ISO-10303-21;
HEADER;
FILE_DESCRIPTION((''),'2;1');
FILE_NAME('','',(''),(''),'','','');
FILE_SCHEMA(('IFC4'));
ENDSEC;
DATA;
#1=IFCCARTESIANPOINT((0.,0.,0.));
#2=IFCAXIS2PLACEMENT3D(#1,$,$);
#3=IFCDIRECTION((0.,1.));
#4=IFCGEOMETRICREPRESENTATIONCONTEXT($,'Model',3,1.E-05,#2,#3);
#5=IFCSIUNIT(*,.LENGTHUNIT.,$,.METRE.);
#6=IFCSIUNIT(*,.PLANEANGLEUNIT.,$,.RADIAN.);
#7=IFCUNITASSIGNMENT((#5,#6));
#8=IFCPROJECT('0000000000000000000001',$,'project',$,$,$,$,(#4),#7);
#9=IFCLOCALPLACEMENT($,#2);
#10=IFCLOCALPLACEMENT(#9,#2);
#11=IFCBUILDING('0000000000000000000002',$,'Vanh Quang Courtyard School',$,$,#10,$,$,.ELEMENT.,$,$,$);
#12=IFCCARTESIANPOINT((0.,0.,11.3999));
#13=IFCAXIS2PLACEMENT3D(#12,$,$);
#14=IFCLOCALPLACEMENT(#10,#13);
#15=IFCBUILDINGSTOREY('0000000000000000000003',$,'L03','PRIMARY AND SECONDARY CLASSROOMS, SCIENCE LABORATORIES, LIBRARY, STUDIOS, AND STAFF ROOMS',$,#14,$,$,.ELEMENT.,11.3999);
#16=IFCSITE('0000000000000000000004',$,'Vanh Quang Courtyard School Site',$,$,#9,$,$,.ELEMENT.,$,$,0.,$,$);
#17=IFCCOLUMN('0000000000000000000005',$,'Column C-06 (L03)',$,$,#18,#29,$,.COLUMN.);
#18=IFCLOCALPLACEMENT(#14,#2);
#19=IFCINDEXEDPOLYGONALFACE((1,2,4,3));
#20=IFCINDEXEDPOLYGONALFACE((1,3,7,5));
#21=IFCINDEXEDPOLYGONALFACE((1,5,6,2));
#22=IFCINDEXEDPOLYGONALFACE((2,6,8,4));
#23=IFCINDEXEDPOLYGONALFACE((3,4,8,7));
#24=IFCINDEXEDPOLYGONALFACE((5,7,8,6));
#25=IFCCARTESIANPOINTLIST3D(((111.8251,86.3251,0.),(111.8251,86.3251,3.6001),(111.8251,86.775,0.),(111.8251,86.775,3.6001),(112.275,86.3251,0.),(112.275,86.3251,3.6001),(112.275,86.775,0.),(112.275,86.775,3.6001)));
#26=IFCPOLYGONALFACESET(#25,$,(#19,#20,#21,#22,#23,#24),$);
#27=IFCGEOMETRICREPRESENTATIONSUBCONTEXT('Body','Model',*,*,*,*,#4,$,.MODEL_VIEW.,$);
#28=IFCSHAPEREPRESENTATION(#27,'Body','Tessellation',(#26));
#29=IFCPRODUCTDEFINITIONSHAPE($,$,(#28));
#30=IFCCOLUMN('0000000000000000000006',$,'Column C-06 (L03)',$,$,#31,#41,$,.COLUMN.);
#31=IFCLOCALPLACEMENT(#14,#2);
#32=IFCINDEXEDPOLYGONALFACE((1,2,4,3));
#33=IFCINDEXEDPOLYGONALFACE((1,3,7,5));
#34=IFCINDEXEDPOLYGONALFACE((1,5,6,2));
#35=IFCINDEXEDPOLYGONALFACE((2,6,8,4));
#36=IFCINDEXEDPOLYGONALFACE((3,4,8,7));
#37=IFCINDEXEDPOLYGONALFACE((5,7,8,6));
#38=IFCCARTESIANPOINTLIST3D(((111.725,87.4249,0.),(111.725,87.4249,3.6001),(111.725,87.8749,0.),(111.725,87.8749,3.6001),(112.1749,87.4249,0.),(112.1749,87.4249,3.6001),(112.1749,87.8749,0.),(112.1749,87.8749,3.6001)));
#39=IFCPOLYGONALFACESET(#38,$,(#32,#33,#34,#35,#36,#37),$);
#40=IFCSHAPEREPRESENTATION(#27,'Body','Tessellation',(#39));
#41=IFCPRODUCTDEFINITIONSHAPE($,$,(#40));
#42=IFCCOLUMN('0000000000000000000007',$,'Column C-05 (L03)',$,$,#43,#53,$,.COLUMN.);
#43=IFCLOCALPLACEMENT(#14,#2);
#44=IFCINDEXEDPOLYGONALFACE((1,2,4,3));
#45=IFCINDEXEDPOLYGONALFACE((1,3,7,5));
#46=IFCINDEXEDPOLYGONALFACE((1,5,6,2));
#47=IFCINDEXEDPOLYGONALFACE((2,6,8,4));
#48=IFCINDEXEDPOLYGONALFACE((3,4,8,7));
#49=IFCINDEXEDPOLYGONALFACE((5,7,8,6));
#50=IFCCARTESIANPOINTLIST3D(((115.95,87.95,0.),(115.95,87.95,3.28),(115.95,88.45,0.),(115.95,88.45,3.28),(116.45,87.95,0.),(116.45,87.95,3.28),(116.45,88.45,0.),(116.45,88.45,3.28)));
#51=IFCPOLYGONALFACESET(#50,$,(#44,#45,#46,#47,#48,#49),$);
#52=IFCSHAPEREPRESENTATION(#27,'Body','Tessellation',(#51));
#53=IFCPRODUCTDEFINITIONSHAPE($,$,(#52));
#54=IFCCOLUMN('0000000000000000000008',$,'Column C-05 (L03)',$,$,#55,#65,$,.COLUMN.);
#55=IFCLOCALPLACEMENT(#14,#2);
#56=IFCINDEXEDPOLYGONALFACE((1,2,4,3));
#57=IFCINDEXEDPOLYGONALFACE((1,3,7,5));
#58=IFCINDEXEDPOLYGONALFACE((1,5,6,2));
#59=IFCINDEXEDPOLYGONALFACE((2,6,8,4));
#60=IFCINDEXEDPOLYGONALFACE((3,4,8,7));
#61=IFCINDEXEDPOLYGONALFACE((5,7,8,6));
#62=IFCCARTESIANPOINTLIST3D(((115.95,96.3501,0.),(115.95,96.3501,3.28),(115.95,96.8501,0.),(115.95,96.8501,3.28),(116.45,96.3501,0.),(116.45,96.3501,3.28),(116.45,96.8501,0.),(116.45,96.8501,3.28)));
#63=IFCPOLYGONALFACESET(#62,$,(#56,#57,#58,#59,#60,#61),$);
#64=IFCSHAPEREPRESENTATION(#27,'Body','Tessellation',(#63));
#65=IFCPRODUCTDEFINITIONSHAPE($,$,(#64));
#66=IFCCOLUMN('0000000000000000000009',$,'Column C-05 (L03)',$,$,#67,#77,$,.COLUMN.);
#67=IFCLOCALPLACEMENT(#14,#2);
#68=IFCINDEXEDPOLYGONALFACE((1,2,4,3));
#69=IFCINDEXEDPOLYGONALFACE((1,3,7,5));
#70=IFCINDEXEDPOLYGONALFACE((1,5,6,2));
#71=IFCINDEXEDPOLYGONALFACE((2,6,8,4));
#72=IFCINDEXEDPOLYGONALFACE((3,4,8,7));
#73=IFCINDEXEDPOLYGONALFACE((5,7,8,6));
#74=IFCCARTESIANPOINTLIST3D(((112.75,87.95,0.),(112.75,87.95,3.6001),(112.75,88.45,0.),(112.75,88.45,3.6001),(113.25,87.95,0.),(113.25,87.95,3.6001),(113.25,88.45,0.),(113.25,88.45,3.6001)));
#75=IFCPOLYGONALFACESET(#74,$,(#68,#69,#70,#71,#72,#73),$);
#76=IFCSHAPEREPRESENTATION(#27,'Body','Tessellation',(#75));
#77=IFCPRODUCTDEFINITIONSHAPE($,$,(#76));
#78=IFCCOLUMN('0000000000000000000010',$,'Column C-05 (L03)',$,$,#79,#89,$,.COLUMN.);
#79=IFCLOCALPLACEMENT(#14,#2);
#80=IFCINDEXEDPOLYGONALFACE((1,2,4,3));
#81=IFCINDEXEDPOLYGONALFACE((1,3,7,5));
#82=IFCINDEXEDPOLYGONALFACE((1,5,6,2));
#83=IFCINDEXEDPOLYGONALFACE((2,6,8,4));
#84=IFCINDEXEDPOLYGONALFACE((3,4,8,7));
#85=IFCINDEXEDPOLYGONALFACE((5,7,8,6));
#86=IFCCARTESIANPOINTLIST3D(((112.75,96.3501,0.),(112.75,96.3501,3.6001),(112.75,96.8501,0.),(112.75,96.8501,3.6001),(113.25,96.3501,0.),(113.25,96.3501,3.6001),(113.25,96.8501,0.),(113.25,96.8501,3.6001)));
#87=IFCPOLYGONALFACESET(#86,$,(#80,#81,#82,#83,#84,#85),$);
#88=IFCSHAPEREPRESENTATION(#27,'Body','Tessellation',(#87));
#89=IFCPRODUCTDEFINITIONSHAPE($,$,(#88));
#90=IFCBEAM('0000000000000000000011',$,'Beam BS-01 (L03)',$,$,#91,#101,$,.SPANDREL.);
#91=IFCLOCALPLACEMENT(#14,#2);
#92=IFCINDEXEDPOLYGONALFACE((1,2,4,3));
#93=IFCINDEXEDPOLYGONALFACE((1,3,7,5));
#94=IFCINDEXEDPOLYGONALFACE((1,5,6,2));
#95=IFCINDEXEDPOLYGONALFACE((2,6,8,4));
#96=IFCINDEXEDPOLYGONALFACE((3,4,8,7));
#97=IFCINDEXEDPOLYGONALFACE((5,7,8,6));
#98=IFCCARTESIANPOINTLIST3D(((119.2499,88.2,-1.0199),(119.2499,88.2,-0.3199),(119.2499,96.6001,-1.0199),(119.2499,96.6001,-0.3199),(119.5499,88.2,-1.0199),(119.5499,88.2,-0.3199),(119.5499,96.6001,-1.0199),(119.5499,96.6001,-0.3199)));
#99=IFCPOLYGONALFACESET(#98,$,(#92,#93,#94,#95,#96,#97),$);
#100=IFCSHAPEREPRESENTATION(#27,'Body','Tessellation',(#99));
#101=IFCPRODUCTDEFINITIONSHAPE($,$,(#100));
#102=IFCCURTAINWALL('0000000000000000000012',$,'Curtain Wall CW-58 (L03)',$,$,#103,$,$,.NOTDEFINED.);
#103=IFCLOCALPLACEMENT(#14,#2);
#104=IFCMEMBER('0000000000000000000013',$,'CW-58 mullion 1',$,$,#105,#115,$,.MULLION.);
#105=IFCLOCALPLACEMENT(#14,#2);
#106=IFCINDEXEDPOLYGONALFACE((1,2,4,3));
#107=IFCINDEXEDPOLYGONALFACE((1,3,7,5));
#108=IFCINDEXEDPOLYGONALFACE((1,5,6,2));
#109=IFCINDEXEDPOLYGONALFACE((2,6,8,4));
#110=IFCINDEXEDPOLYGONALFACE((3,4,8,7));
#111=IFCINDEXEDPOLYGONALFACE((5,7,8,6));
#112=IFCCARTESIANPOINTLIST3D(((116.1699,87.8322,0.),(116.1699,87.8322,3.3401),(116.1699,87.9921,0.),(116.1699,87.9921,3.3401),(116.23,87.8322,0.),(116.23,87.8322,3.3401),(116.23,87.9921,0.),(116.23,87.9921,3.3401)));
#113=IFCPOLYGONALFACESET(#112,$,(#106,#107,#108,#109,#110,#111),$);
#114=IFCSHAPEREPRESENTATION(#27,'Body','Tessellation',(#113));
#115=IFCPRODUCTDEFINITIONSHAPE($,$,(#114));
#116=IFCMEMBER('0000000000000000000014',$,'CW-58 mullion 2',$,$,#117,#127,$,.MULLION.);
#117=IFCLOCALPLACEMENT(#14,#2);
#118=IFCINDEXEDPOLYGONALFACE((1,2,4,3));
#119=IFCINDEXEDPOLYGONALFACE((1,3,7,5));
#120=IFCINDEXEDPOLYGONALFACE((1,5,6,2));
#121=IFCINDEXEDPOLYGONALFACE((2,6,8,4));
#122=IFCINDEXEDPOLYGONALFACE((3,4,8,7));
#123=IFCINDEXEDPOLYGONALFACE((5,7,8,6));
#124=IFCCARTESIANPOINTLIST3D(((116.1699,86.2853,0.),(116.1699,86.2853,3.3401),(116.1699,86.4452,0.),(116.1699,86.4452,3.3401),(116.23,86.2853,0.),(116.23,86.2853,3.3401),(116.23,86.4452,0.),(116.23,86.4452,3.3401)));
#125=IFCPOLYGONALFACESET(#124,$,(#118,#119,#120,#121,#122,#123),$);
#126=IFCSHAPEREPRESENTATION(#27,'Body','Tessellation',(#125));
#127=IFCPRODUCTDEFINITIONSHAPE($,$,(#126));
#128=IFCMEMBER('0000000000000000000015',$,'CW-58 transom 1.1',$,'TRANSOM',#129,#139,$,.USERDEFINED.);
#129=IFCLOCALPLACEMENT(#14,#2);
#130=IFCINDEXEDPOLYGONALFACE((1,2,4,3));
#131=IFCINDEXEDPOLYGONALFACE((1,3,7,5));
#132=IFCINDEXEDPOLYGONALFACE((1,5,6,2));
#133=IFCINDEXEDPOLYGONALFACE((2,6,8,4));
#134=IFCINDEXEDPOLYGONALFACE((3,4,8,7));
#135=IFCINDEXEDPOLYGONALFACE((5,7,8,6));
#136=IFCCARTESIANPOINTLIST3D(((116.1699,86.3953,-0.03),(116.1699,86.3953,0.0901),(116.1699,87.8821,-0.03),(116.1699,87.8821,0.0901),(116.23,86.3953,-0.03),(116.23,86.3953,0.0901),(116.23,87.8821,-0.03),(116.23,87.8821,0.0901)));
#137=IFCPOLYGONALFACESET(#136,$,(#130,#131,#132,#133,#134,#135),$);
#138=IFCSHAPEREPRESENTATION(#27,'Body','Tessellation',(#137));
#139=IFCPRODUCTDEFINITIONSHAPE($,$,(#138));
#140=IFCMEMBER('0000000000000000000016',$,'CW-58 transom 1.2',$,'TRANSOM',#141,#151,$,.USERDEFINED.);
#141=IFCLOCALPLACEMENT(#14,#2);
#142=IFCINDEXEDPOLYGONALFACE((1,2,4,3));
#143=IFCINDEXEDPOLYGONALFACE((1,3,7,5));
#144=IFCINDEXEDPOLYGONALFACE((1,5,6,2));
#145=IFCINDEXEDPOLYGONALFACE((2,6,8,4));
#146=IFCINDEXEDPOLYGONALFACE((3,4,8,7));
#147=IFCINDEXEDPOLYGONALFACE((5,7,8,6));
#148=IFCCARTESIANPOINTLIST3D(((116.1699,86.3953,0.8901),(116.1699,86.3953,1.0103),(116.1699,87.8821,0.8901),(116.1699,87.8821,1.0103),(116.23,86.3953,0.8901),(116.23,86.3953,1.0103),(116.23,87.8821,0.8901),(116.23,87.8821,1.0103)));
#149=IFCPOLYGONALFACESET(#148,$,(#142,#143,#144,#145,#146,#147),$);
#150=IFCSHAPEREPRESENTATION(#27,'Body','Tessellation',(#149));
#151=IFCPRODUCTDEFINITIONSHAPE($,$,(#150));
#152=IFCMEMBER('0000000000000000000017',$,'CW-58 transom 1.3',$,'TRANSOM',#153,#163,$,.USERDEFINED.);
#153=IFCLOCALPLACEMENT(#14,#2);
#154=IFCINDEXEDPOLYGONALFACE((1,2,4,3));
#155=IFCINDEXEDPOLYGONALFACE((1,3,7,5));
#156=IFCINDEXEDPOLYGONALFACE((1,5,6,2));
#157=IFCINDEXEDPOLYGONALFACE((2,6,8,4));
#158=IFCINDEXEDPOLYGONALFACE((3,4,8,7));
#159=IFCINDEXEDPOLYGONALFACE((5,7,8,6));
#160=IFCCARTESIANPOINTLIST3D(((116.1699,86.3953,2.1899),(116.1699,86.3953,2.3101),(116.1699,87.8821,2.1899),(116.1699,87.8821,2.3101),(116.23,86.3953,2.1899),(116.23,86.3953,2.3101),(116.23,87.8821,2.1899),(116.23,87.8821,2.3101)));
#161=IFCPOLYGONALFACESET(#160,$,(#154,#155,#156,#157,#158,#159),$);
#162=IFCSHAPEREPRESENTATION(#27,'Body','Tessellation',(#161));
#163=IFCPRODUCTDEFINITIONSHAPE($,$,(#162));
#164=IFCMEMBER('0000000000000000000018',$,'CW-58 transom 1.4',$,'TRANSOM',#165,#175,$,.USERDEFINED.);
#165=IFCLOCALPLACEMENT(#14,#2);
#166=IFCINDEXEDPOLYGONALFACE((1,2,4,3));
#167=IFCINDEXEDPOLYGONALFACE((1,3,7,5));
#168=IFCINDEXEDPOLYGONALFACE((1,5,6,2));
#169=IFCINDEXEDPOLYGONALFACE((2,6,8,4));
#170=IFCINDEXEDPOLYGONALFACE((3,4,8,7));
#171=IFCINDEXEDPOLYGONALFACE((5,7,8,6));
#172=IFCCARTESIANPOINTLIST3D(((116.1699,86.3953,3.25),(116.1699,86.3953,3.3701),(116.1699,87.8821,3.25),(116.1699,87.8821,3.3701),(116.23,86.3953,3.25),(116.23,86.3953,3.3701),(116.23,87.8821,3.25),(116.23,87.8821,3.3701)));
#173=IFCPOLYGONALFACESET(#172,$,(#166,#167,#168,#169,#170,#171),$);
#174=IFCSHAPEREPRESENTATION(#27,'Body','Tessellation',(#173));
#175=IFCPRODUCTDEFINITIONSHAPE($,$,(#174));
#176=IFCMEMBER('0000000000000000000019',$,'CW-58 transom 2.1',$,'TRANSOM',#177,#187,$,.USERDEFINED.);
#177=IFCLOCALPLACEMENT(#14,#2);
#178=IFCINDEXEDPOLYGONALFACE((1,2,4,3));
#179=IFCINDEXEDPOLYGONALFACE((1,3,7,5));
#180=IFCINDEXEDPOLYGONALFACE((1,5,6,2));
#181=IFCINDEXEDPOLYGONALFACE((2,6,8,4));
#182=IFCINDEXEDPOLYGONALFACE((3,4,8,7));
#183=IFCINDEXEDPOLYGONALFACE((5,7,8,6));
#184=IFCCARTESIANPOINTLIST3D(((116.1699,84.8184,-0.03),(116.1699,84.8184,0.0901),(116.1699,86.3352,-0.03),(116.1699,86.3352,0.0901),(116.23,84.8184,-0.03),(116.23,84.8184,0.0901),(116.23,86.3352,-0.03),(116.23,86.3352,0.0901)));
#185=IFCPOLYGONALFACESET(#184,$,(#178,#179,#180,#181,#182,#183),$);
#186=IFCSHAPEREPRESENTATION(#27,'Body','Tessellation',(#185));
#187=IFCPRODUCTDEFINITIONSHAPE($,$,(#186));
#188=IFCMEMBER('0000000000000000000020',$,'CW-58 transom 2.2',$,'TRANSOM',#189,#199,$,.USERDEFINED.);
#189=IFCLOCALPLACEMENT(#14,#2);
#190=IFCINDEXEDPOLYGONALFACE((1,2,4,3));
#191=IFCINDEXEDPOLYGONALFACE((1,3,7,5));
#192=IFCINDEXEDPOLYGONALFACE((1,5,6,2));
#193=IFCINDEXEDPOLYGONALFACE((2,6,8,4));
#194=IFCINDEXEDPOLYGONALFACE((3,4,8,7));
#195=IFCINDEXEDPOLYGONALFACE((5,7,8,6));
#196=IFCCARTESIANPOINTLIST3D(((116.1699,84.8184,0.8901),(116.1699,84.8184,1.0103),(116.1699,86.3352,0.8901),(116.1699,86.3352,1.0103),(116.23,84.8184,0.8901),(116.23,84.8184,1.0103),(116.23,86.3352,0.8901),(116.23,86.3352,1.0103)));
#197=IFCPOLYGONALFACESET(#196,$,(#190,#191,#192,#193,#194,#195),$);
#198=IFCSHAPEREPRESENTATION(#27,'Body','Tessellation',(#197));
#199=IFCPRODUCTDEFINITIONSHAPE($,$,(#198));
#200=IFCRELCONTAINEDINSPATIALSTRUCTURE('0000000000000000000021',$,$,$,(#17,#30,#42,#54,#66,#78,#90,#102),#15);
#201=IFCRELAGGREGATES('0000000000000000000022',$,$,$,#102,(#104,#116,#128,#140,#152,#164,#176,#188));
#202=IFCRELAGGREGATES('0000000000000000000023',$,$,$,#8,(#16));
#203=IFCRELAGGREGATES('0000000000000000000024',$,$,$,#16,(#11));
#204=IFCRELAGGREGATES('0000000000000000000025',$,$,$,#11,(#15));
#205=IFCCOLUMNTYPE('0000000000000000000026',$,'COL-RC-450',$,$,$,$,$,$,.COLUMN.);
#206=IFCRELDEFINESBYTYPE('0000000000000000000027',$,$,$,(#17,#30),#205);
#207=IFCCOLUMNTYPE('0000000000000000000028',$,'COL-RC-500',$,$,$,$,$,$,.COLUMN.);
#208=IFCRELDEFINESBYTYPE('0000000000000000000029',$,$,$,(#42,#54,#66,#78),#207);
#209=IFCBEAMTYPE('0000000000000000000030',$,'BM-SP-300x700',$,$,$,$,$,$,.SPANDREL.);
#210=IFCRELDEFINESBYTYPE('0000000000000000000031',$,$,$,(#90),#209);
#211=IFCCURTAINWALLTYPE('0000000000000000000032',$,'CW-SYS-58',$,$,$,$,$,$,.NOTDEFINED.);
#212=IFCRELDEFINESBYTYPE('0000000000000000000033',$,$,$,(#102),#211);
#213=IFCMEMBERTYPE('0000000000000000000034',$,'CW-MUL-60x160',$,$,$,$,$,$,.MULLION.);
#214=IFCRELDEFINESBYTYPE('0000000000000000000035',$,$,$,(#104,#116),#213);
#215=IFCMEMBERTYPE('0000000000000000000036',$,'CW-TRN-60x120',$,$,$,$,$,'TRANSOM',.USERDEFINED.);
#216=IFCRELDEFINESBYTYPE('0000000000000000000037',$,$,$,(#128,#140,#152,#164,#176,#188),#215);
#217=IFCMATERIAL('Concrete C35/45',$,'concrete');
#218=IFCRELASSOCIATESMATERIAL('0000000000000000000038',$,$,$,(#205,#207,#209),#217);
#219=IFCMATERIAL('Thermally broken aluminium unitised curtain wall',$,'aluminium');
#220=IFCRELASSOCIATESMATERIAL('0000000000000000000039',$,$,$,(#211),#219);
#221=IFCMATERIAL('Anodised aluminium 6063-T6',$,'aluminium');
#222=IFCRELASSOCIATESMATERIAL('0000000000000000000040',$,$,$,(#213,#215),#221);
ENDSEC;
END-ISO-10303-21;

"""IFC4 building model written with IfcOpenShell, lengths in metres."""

from ifc_helpers import new_model, si_unit, direction, frame, origin, origin_2d, place, context, subcontext, project, spatial, rectangle, extrude, material, material_profile, profile_set, type_object, element, aggregate, save


model = new_model("IFC4")

# Units and contexts
model_context = context("Model", 3, precision=1e-05, world=origin(), true_north=direction((0.0, 1.0)))
body_context = subcontext(model_context, "Body", "Model", "MODEL_VIEW")
ifc_project = project(units=[si_unit("LENGTHUNIT", "METRE"), si_unit("PLANEANGLEUNIT", "RADIAN")], contexts=[model_context])

# Site, building, storey
site_placement = place(None, origin())
site = spatial("IfcSite", under=ifc_project, at=site_placement, Name="Vanh Quang Courtyard School Site", CompositionType="ELEMENT", RefElevation=0.0)
building_placement = place(site_placement, origin())
building = spatial("IfcBuilding", under=site, at=building_placement, Name="Vanh Quang Courtyard School", CompositionType="ELEMENT")
storey_placement = place(building_placement, frame((0.0, 0.0, 11.3999)))
storey = spatial("IfcBuildingStorey", under=building, at=storey_placement, Name="L03", Description="PRIMARY AND SECONDARY CLASSROOMS, SCIENCE LABORATORIES, LIBRARY, STUDIOS, AND STAFF ROOMS", CompositionType="ELEMENT", Elevation=11.3999)

# Columns
ifc_material_1 = material(Name="Concrete C35/45", Category="concrete")
ifc_material_profile_1 = material_profile(ifc_material_1, rectangle(XDim=0.45, YDim=0.45, at=origin_2d()), Name="RC-COL 450x450")
ifc_profile_set_1 = profile_set([ifc_material_profile_1], Name="Concrete C35/45")
column_type_1 = type_object("IfcColumnType", Name="COL-RC-450", PredefinedType="COLUMN", material=ifc_profile_set_1)
for number, where, z_axis, x_axis, name in (
    (1, (112.05, 86.55, 0.0), (0.0, 0.0, 1.0), (1.0, 0.0, 0.0), "Column C-06 (L03)"),
    (2, (111.95, 87.6499, 0.0), (0.0, 0.0, 1.0), (1.0, 0.0, 0.0), "Column C-06 (L03)"),
):
    element("IfcColumn", number, at=place(storey_placement, frame(where, z_axis=z_axis, x_axis=x_axis)), inside=storey, type_object=column_type_1, Name=name, PredefinedType="COLUMN", context=body_context, shape_type="SweptSolid", body=[
        extrude(rectangle(XDim=0.45, YDim=0.45, at=origin_2d()), origin(), (0.0, 0.0, 1.0), 3.6001),
    ])
ifc_material_profile_2 = material_profile(ifc_material_1, rectangle(XDim=0.5, YDim=0.5, at=origin_2d()), Name="RC-COL 500x500")
ifc_profile_set_2 = profile_set([ifc_material_profile_2], Name="Concrete C35/45")
column_type_2 = type_object("IfcColumnType", Name="COL-RC-500", PredefinedType="COLUMN", material=ifc_profile_set_2)
for number, where, z_axis, x_axis, name in (
    (3, (116.2, 88.2, 0.0), (0.0, 0.0, 1.0), (1.0, 0.0, 0.0), "Column C-05 (L03)"),
    (4, (116.2, 96.6001, 0.0), (0.0, 0.0, 1.0), (1.0, 0.0, 0.0), "Column C-05 (L03)"),
):
    element("IfcColumn", number, at=place(storey_placement, frame(where, z_axis=z_axis, x_axis=x_axis)), inside=storey, type_object=column_type_2, Name=name, PredefinedType="COLUMN", context=body_context, shape_type="SweptSolid", body=[
        extrude(rectangle(XDim=0.5, YDim=0.5, at=origin_2d()), origin(), (0.0, 0.0, 1.0), 3.28),
    ])
for number, where, z_axis, x_axis, name in (
    (5, (113.0, 88.2, 0.0), (0.0, 0.0, 1.0), (1.0, 0.0, 0.0), "Column C-05 (L03)"),
    (6, (113.0, 96.6001, 0.0), (0.0, 0.0, 1.0), (1.0, 0.0, 0.0), "Column C-05 (L03)"),
):
    element("IfcColumn", number, at=place(storey_placement, frame(where, z_axis=z_axis, x_axis=x_axis)), inside=storey, type_object=column_type_2, Name=name, PredefinedType="COLUMN", context=body_context, shape_type="SweptSolid", body=[
        extrude(rectangle(XDim=0.5, YDim=0.5, at=origin_2d()), origin(), (0.0, 0.0, 1.0), 3.6001),
    ])

# Beam
ifc_material_profile_3 = material_profile(ifc_material_1, rectangle(XDim=0.3, YDim=0.7, at=origin_2d()), Name="RC-SP 300x700")
ifc_profile_set_3 = profile_set([ifc_material_profile_3], Name="Concrete C35/45")
beam_type = type_object("IfcBeamType", Name="BM-SP-300x700", PredefinedType="SPANDREL", material=ifc_profile_set_3)
beam_placement = place(storey_placement, frame((119.3999, 88.2, -0.6699), z_axis=(0.0, 1.0, 0.0), x_axis=(-1.0, 0.0, 0.0)))
element("IfcBeam", 7, at=beam_placement, inside=storey, type_object=beam_type, Name="Beam BS-01 (L03)", PredefinedType="SPANDREL", context=body_context, shape_type="SweptSolid", body=[
    extrude(rectangle(XDim=0.3, YDim=0.7, at=origin_2d()), origin(), (0.0, 0.0, 1.0), 8.4001),
])

# Curtain wall, members
ifc_material_2 = material(Name="Thermally broken aluminium unitised curtain wall", Category="aluminium")
curtain_wall_type = type_object("IfcCurtainWallType", Name="CW-SYS-58", PredefinedType="NOTDEFINED", material=ifc_material_2)
curtain_wall_placement = place(storey_placement, origin())
curtain_wall = element("IfcCurtainWall", 8, at=curtain_wall_placement, inside=storey, type_object=curtain_wall_type, Name="Curtain Wall CW-58 (L03)", PredefinedType="NOTDEFINED")
ifc_material_3 = material(Name="Anodised aluminium 6063-T6", Category="aluminium")
ifc_material_profile_4 = material_profile(ifc_material_3, rectangle(XDim=0.0601, YDim=0.1599, at=origin_2d()), Name="ALU-MUL 60x160")
ifc_profile_set_4 = profile_set([ifc_material_profile_4], Name="Anodised aluminium 6063-T6")
member_type_1 = type_object("IfcMemberType", Name="CW-MUL-60x160", PredefinedType="MULLION", material=ifc_profile_set_4)
member_1_placement = place(storey_placement, frame((116.2, 87.9121, 0.0), z_axis=(0.0, 0.0, 1.0), x_axis=(1.0, 0.0, 0.0)))
member_1 = element("IfcMember", 9, at=member_1_placement, type_object=member_type_1, Name="CW-58 mullion 1", PredefinedType="MULLION", context=body_context, shape_type="SweptSolid", body=[
    extrude(rectangle(XDim=0.0601, YDim=0.1599, at=origin_2d()), origin(), (0.0, 0.0, 1.0), 3.3401),
])
member_2_placement = place(storey_placement, frame((116.2, 86.3652, 0.0), z_axis=(0.0, 0.0, 1.0), x_axis=(1.0, 0.0, 0.0)))
member_2 = element("IfcMember", 10, at=member_2_placement, type_object=member_type_1, Name="CW-58 mullion 2", PredefinedType="MULLION", context=body_context, shape_type="SweptSolid", body=[
    extrude(rectangle(XDim=0.0601, YDim=0.1599, at=origin_2d()), origin(), (0.0, 0.0, 1.0), 3.3401),
])
ifc_material_profile_5 = material_profile(ifc_material_3, rectangle(XDim=0.0601, YDim=0.1201, at=origin_2d()), Name="ALU-TRN 60x120")
ifc_profile_set_5 = profile_set([ifc_material_profile_5], Name="Anodised aluminium 6063-T6")
member_type_2 = type_object("IfcMemberType", Name="CW-TRN-60x120", ElementType="TRANSOM", PredefinedType="USERDEFINED", material=ifc_profile_set_5)
member_3_placement = place(storey_placement, frame((116.2, 87.8821, 0.03), z_axis=(0.0, -1.0, 0.0), x_axis=(1.0, 0.0, 0.0)))
member_3 = element("IfcMember", 11, at=member_3_placement, type_object=member_type_2, Name="CW-58 transom 1.1", ObjectType="TRANSOM", PredefinedType="USERDEFINED", context=body_context, shape_type="SweptSolid", body=[
    extrude(rectangle(XDim=0.0601, YDim=0.1201, at=origin_2d()), origin(), (0.0, 0.0, 1.0), 1.4868),
])
member_4_placement = place(storey_placement, frame((116.2, 87.8821, 0.9502), z_axis=(0.0, -1.0, 0.0), x_axis=(1.0, 0.0, 0.0)))
member_4 = element("IfcMember", 12, at=member_4_placement, type_object=member_type_2, Name="CW-58 transom 1.2", ObjectType="TRANSOM", PredefinedType="USERDEFINED", context=body_context, shape_type="SweptSolid", body=[
    extrude(rectangle(XDim=0.0601, YDim=0.1201, at=origin_2d()), origin(), (0.0, 0.0, 1.0), 1.4868),
])
member_5_placement = place(storey_placement, frame((116.2, 87.8821, 2.25), z_axis=(0.0, -1.0, 0.0), x_axis=(1.0, 0.0, 0.0)))
member_5 = element("IfcMember", 13, at=member_5_placement, type_object=member_type_2, Name="CW-58 transom 1.3", ObjectType="TRANSOM", PredefinedType="USERDEFINED", context=body_context, shape_type="SweptSolid", body=[
    extrude(rectangle(XDim=0.0601, YDim=0.1201, at=origin_2d()), origin(), (0.0, 0.0, 1.0), 1.4868),
])
member_6_placement = place(storey_placement, frame((116.2, 87.8821, 3.3101), z_axis=(0.0, -1.0, 0.0), x_axis=(1.0, 0.0, 0.0)))
member_6 = element("IfcMember", 14, at=member_6_placement, type_object=member_type_2, Name="CW-58 transom 1.4", ObjectType="TRANSOM", PredefinedType="USERDEFINED", context=body_context, shape_type="SweptSolid", body=[
    extrude(rectangle(XDim=0.0601, YDim=0.1201, at=origin_2d()), origin(), (0.0, 0.0, 1.0), 1.4868),
])
member_7_placement = place(storey_placement, frame((116.2, 86.3352, 0.03), z_axis=(0.0, -1.0, 0.0), x_axis=(1.0, 0.0, 0.0)))
member_7 = element("IfcMember", 15, at=member_7_placement, type_object=member_type_2, Name="CW-58 transom 2.1", ObjectType="TRANSOM", PredefinedType="USERDEFINED", context=body_context, shape_type="SweptSolid", body=[
    extrude(rectangle(XDim=0.0601, YDim=0.1201, at=origin_2d()), origin(), (0.0, 0.0, 1.0), 1.5168),
])
member_8_placement = place(storey_placement, frame((116.2, 86.3352, 0.9502), z_axis=(0.0, -1.0, 0.0), x_axis=(1.0, 0.0, 0.0)))
member_8 = element("IfcMember", 16, at=member_8_placement, type_object=member_type_2, Name="CW-58 transom 2.2", ObjectType="TRANSOM", PredefinedType="USERDEFINED", context=body_context, shape_type="SweptSolid", body=[
    extrude(rectangle(XDim=0.0601, YDim=0.1201, at=origin_2d()), origin(), (0.0, 0.0, 1.0), 1.5168),
])
aggregate(curtain_wall, [member_1, member_2, member_3, member_4, member_5, member_6, member_7, member_8])

save(model, "model.ifc")
